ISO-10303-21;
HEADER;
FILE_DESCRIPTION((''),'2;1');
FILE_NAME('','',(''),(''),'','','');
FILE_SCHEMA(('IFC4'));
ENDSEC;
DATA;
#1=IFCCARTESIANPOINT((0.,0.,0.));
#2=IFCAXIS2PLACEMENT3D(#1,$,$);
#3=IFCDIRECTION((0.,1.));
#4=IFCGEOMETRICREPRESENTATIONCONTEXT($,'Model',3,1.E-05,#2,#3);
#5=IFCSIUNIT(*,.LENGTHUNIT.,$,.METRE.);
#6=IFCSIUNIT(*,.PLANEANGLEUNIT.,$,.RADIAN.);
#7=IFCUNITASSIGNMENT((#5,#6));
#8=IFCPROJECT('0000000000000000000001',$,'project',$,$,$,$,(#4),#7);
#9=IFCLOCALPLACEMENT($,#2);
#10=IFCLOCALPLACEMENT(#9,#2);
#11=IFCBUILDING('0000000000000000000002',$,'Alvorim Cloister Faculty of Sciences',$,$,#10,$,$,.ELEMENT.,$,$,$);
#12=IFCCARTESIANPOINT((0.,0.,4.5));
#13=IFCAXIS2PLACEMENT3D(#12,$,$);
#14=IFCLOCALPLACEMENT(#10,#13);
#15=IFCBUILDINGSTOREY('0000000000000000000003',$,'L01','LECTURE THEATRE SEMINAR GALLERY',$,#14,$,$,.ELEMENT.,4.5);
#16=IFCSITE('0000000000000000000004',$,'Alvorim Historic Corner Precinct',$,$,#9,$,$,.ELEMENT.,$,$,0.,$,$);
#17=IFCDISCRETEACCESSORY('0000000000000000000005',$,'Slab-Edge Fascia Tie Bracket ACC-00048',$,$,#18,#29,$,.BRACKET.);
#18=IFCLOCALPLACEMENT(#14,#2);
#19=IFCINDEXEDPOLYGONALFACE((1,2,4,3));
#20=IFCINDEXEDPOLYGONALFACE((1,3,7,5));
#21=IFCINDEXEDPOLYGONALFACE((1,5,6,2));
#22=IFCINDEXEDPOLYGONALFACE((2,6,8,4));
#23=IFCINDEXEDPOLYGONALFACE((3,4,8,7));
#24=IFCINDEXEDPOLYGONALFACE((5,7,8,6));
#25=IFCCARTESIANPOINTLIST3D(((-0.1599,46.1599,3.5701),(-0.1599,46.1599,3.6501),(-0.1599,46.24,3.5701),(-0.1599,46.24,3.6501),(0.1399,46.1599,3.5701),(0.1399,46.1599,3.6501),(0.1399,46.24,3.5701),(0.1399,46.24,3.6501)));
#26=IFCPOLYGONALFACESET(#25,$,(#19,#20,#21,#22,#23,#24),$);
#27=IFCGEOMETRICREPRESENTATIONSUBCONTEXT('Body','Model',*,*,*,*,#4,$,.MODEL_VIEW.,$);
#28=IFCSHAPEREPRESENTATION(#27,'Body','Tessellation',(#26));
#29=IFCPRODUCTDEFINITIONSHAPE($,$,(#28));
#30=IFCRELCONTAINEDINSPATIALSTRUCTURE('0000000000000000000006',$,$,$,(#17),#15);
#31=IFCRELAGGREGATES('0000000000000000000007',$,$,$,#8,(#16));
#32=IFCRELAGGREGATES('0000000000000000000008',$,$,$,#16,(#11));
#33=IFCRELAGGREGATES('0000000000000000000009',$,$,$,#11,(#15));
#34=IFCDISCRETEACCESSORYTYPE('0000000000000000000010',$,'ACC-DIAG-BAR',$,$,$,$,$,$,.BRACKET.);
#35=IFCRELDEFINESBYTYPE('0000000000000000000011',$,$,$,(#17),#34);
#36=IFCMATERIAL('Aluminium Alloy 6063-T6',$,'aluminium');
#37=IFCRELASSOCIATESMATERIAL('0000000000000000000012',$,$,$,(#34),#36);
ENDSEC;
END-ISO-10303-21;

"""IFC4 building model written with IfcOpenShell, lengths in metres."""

from ifc_helpers import new_model, si_unit, direction, frame, origin, origin_2d, place, context, subcontext, project, spatial, rectangle, extrude, material, type_object, element, save


model = new_model("IFC4")

# Units and contexts
model_context = context("Model", 3, precision=1e-05, world=origin(), true_north=direction((0.0, 1.0)))
body_context = subcontext(model_context, "Body", "Model", "MODEL_VIEW")
ifc_project = project(units=[si_unit("LENGTHUNIT", "METRE"), si_unit("PLANEANGLEUNIT", "RADIAN")], contexts=[model_context])

# Site, building, storey
site_placement = place(None, origin())
site = spatial("IfcSite", under=ifc_project, at=site_placement, Name="Alvorim Historic Corner Precinct", CompositionType="ELEMENT", RefElevation=0.0)
building_placement = place(site_placement, origin())
building = spatial("IfcBuilding", under=site, at=building_placement, Name="Alvorim Cloister Faculty of Sciences", CompositionType="ELEMENT")
storey_placement = place(building_placement, frame((0.0, 0.0, 4.5)))
storey = spatial("IfcBuildingStorey", under=building, at=storey_placement, Name="L01", Description="LECTURE THEATRE SEMINAR GALLERY", CompositionType="ELEMENT", Elevation=4.5)

# Shared definitions
ifc_material_1 = material(Name="Aluminium Alloy 6063-T6", Category="aluminium")

# Discrete accessory
discrete_accessory_type = type_object("IfcDiscreteAccessoryType", Name="ACC-DIAG-BAR", PredefinedType="BRACKET", material=ifc_material_1)
discrete_accessory_placement = place(storey_placement, frame((0.1399, 46.2, 3.6101), z_axis=(-1.0, 0.0, 0.0), x_axis=(0.0, -1.0, 0.0)))
element("IfcDiscreteAccessory", 1, at=discrete_accessory_placement, inside=storey, type_object=discrete_accessory_type, Name="Slab-Edge Fascia Tie Bracket ACC-00048", PredefinedType="BRACKET", context=body_context, shape_type="SweptSolid", body=[
    extrude(rectangle(XDim=0.0801, YDim=0.0801, at=origin_2d()), origin(), (0.0, 0.0, 1.0), 0.2998),
])

save(model, "model.ifc")
